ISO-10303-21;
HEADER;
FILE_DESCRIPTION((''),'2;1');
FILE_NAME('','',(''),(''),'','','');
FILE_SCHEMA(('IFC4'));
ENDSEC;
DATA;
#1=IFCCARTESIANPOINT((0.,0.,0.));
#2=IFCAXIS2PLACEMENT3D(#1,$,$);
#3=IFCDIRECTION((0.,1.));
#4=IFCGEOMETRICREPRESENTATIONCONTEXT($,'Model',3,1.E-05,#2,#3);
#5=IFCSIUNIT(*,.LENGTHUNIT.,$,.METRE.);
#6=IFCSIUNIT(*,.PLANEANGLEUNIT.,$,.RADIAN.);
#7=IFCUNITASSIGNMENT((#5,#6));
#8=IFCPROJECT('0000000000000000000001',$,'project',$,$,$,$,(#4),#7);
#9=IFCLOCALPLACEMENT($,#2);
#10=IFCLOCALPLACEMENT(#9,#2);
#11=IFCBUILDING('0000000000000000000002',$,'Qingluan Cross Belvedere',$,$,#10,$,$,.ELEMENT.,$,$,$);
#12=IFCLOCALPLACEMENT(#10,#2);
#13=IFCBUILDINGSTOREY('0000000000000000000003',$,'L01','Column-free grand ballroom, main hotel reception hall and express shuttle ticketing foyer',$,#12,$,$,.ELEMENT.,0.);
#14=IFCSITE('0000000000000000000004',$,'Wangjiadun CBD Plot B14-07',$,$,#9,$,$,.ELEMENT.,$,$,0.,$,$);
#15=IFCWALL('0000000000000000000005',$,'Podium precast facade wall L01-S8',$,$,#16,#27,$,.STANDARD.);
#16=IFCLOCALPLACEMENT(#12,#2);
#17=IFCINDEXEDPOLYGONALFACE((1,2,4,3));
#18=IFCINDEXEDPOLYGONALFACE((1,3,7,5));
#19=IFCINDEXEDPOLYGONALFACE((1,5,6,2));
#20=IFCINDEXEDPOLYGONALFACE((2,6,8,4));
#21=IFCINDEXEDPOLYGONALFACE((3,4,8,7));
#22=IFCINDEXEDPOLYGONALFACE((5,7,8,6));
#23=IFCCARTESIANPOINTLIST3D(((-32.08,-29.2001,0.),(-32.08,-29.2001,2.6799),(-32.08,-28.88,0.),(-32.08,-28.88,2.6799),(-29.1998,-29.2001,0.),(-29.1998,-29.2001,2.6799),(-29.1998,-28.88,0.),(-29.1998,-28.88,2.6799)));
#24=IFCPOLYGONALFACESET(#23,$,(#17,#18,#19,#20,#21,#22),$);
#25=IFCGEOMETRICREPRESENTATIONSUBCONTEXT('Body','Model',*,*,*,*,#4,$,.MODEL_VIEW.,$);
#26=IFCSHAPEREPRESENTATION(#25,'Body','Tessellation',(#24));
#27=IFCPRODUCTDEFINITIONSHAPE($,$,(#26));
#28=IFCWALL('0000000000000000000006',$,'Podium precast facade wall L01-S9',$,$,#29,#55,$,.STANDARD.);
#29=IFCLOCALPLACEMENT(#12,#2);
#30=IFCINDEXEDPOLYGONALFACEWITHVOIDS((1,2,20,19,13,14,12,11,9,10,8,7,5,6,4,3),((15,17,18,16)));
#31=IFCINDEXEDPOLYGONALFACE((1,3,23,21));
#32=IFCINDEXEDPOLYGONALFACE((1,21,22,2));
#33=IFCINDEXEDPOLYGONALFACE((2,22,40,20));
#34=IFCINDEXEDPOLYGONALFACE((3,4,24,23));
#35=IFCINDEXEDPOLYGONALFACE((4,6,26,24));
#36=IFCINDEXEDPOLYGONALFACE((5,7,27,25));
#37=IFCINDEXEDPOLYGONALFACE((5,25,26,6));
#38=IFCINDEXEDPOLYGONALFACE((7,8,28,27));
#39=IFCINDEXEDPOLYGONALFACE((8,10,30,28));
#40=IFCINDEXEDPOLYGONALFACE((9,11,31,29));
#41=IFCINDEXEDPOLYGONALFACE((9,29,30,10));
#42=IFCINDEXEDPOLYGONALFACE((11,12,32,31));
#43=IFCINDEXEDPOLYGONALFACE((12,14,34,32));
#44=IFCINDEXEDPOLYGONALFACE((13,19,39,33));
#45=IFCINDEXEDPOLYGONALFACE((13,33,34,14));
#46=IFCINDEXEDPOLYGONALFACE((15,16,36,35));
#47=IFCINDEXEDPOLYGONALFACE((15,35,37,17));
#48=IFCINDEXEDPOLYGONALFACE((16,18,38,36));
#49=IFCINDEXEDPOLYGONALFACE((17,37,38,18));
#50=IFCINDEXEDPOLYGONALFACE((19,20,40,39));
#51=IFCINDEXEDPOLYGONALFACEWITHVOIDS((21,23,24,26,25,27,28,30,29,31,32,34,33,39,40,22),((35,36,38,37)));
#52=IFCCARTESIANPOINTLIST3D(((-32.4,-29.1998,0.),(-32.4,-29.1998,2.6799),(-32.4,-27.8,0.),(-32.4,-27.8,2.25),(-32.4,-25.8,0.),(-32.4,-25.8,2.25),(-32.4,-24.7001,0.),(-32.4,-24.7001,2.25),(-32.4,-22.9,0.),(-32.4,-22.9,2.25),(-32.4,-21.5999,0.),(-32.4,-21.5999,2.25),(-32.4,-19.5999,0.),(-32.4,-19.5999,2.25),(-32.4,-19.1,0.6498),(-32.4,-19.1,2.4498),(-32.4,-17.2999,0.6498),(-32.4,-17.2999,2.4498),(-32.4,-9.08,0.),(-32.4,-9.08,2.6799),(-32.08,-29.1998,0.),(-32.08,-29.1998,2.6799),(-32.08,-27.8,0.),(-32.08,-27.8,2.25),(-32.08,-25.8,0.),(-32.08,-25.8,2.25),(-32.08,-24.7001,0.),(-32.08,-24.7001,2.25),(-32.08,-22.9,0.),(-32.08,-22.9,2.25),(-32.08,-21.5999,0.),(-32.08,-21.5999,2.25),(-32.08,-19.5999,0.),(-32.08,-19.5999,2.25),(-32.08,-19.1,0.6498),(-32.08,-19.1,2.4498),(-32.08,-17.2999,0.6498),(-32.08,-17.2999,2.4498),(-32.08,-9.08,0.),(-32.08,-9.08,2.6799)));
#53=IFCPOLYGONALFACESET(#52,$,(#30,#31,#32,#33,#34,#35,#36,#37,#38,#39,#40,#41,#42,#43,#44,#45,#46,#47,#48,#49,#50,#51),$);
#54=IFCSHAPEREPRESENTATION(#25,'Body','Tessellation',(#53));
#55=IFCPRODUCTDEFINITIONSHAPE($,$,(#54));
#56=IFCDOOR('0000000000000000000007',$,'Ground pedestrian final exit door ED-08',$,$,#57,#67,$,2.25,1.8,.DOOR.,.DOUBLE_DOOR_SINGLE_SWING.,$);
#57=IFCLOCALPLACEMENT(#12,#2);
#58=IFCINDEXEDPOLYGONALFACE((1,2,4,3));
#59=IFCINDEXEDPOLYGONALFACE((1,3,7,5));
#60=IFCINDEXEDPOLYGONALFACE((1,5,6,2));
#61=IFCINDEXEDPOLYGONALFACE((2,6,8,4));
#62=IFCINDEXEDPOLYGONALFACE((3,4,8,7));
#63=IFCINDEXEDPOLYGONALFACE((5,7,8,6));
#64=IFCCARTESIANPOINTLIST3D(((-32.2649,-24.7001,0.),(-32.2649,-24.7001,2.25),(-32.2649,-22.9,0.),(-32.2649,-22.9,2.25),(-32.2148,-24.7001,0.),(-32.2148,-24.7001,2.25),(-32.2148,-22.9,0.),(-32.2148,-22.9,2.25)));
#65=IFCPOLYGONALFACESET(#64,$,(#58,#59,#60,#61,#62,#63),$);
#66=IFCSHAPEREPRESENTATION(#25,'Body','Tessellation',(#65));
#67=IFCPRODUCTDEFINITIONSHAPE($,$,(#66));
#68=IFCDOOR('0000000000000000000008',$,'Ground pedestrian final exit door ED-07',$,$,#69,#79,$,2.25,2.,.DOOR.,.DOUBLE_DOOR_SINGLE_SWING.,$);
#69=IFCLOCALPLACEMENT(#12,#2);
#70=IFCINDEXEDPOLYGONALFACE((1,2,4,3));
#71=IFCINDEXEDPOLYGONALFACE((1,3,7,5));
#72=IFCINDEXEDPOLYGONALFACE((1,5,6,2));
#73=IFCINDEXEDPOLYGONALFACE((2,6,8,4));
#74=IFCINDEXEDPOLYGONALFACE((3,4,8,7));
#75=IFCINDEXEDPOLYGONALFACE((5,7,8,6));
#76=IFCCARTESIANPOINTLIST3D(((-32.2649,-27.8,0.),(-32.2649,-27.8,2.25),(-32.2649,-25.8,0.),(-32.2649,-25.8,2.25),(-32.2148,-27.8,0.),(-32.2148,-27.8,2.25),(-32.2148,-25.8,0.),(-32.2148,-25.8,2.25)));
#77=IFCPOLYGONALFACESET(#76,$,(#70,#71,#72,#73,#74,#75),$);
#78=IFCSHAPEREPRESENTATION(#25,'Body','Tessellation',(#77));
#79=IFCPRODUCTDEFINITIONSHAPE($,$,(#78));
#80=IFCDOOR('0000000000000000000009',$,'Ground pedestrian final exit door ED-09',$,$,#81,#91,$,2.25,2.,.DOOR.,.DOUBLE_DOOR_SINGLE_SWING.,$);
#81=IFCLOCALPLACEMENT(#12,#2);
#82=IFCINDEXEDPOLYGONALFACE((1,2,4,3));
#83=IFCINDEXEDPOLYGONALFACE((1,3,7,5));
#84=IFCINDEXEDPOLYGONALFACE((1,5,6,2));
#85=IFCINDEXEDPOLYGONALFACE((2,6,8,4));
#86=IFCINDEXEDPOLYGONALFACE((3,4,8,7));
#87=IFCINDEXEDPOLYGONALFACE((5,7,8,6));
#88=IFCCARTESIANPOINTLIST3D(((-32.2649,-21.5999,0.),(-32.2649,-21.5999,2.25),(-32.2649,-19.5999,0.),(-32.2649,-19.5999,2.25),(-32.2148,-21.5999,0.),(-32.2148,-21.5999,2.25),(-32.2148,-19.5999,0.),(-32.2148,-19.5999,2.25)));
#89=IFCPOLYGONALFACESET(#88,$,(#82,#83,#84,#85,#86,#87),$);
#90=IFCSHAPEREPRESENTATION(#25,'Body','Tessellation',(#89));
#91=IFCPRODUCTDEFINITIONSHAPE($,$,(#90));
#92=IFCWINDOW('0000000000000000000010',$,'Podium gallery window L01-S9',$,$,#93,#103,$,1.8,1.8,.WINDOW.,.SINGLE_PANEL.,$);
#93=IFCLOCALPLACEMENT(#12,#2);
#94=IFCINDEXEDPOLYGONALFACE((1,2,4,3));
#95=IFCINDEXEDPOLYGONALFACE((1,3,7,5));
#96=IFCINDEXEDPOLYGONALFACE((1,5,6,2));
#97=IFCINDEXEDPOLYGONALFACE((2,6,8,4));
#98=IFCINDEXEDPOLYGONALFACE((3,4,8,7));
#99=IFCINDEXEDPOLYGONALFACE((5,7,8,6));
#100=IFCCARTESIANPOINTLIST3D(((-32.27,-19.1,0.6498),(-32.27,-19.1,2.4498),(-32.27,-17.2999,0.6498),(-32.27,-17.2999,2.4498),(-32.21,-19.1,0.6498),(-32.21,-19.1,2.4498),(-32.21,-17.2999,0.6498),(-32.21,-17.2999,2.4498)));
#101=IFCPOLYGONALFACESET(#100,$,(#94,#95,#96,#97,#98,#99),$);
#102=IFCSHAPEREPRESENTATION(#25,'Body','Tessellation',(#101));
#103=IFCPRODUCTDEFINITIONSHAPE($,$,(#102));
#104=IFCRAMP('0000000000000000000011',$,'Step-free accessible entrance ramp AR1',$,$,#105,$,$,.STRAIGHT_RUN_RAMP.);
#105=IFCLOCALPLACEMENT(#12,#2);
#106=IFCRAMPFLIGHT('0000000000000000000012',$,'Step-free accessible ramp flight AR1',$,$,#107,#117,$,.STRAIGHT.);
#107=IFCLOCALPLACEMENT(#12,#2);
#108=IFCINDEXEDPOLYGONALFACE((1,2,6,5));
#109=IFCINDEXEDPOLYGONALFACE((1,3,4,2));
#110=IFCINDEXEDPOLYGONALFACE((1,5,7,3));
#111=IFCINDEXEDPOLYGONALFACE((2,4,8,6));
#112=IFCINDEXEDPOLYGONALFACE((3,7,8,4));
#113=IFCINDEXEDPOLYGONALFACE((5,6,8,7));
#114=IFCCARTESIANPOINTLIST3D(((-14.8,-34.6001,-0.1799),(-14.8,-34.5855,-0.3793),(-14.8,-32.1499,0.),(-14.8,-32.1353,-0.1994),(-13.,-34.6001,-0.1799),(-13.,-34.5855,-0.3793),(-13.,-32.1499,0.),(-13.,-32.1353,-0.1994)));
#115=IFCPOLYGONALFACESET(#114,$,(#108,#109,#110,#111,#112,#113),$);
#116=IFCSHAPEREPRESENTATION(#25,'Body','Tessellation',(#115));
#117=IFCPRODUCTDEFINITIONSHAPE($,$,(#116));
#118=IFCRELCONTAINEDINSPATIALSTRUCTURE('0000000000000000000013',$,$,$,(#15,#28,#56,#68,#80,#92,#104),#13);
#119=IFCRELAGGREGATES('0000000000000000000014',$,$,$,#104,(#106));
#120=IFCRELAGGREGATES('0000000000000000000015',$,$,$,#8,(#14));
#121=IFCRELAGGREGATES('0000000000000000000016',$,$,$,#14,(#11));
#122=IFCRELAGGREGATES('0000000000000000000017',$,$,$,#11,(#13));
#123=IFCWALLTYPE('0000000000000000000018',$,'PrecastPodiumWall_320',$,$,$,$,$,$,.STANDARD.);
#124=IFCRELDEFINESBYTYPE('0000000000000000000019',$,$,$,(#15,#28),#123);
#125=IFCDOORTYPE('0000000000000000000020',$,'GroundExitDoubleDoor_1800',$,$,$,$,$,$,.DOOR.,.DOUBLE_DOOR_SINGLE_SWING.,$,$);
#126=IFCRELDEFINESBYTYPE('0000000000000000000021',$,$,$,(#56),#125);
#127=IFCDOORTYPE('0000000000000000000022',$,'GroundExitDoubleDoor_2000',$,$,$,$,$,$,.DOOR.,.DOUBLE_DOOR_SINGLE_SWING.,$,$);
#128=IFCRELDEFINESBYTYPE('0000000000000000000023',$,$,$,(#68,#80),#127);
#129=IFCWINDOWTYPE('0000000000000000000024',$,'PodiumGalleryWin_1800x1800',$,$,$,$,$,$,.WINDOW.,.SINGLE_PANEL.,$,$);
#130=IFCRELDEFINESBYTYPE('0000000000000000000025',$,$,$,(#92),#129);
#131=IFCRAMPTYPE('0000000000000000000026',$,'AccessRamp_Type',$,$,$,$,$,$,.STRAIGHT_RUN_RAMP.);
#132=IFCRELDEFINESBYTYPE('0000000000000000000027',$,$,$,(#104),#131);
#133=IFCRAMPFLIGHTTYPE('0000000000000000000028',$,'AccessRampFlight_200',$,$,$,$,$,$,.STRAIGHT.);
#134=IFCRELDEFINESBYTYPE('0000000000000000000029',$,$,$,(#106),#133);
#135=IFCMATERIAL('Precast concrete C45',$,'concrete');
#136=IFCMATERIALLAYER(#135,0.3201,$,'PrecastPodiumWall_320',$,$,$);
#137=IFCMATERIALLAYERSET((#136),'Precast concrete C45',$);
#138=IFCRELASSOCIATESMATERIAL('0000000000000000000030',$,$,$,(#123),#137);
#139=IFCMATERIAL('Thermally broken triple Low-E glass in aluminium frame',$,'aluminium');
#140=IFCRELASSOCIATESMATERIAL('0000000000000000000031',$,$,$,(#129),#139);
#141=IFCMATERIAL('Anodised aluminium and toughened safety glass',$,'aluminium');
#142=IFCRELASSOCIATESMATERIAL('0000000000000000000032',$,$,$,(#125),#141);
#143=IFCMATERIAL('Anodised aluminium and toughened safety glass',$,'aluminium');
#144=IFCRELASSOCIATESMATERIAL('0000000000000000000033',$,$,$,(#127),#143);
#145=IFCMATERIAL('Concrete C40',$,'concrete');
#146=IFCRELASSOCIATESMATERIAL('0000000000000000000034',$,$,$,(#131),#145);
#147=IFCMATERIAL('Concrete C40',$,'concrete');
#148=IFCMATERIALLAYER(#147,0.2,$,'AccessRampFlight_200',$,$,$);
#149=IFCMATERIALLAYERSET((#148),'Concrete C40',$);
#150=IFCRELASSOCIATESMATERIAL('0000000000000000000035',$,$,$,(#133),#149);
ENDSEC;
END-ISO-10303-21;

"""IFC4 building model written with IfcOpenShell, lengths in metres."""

from ifc_helpers import new_model, si_unit, direction, frame, frame_2d, origin, place, context, subcontext, project, spatial, polyline, rectangle, outline, extrude, material, layer, layer_set, type_object, element, fill, aggregate, save


model = new_model("IFC4")

# Units and contexts
model_context = context("Model", 3, precision=1e-05, world=origin(), true_north=direction((0.0, 1.0)))
body_context = subcontext(model_context, "Body", "Model", "MODEL_VIEW")
ifc_project = project(units=[si_unit("LENGTHUNIT", "METRE"), si_unit("PLANEANGLEUNIT", "RADIAN")], contexts=[model_context])

# Site, building, storey
site_placement = place(None, origin())
site = spatial("IfcSite", under=ifc_project, at=site_placement, Name="Wangjiadun CBD Plot B14-07", CompositionType="ELEMENT", RefElevation=0.0)
building_placement = place(site_placement, origin())
building = spatial("IfcBuilding", under=site, at=building_placement, Name="Qingluan Cross Belvedere", CompositionType="ELEMENT")
storey_placement = place(building_placement, origin())
storey = spatial("IfcBuildingStorey", under=building, at=storey_placement, Name="L01", Description="Column-free grand ballroom, main hotel reception hall and express shuttle ticketing foyer", CompositionType="ELEMENT", Elevation=0.0)

# Shared definitions
ifc_material_1 = material(Name="Precast concrete C45", Category="concrete")
ifc_layer_1 = layer(ifc_material_1, 0.3201, Name="PrecastPodiumWall_320")
ifc_layer_set_1 = layer_set([ifc_layer_1], Name="Precast concrete C45")
wall_type_1 = type_object("IfcWallType", Name="PrecastPodiumWall_320", PredefinedType="STANDARD", material=ifc_layer_set_1)

# Shared definitions
ifc_material_2 = material(Name="Thermally broken triple Low-E glass in aluminium frame", Category="aluminium")
window_type = type_object("IfcWindowType", Name="PodiumGalleryWin_1800x1800", PartitioningType="SINGLE_PANEL", PredefinedType="WINDOW", material=ifc_material_2)

# Shared definitions
ifc_material_3 = material(Name="Anodised aluminium and toughened safety glass", Category="aluminium")
door_type_1 = type_object("IfcDoorType", Name="GroundExitDoubleDoor_1800", OperationType="DOUBLE_DOOR_SINGLE_SWING", PredefinedType="DOOR", material=ifc_material_3)
ifc_material_4 = material(Name="Anodised aluminium and toughened safety glass", Category="aluminium")
door_type_2 = type_object("IfcDoorType", Name="GroundExitDoubleDoor_2000", OperationType="DOUBLE_DOOR_SINGLE_SWING", PredefinedType="DOOR", material=ifc_material_4)

# Wall
wall_1_placement = place(storey_placement, frame((-29.2, -29.04, 0.0), z_axis=(0.0, 0.0, 1.0), x_axis=(-1.0, 0.0, 0.0)))
element("IfcWall", 1, at=wall_1_placement, inside=storey, type_object=wall_type_1, Name="Podium precast facade wall L01-S8", PredefinedType="STANDARD", context=body_context, shape_type="SweptSolid", body=[
    extrude(rectangle(XDim=2.8801, YDim=0.3201, at=frame_2d((1.4399, 0.0))), origin(), (0.0, 0.0, 1.0), 2.6799),
])

# Wall, openings, doors, window
wall_2_placement = place(storey_placement, frame((-32.24, -29.2, 0.0), z_axis=(0.0, 0.0, 1.0), x_axis=(0.0, 1.0, 0.0)))
wall_2 = element("IfcWall", 2, at=wall_2_placement, inside=storey, type_object=wall_type_1, Name="Podium precast facade wall L01-S9", PredefinedType="STANDARD", context=body_context, shape_type="SweptSolid", body=[
    extrude(rectangle(XDim=20.1199, YDim=0.3201, at=frame_2d((10.0601, 0.0))), origin(), (0.0, 0.0, 1.0), 2.6799),
])
opening_1_placement = place(wall_2_placement, frame((1.3999, 0.0, 0.0)))
opening_1 = element("IfcOpeningElement", 3, at=opening_1_placement, cuts=wall_2, PredefinedType="OPENING", context=body_context, shape_type="SweptSolid", body=[
    extrude(rectangle(XDim=2.0, YDim=2.25, at=frame_2d((1.0, 1.125))), frame((0.0, 0.1699, 0.0), z_axis=(0.0, -1.0, 0.0), x_axis=(1.0, 0.0, 0.0)), (0.0, 0.0, 1.0), 0.3401),
])
opening_2_placement = place(wall_2_placement, frame((4.5, 0.0, 0.0)))
opening_2 = element("IfcOpeningElement", 4, at=opening_2_placement, cuts=wall_2, PredefinedType="OPENING", context=body_context, shape_type="SweptSolid", body=[
    extrude(rectangle(XDim=1.8, YDim=2.25, at=frame_2d((0.8999, 1.125))), frame((0.0, 0.1699, 0.0), z_axis=(0.0, -1.0, 0.0), x_axis=(1.0, 0.0, 0.0)), (0.0, 0.0, 1.0), 0.3401),
])
opening_3_placement = place(wall_2_placement, frame((7.6001, 0.0, 0.0)))
opening_3 = element("IfcOpeningElement", 5, at=opening_3_placement, cuts=wall_2, PredefinedType="OPENING", context=body_context, shape_type="SweptSolid", body=[
    extrude(rectangle(XDim=2.0, YDim=2.25, at=frame_2d((1.0, 1.125))), frame((0.0, 0.1699, 0.0), z_axis=(0.0, -1.0, 0.0), x_axis=(1.0, 0.0, 0.0)), (0.0, 0.0, 1.0), 0.3401),
])
opening_4_placement = place(wall_2_placement, frame((10.1001, 0.0, 0.6499)))
opening_4 = element("IfcOpeningElement", 6, at=opening_4_placement, cuts=wall_2, PredefinedType="OPENING", context=body_context, shape_type="SweptSolid", body=[
    extrude(rectangle(XDim=1.8, YDim=1.8, at=frame_2d((0.8999, 0.8999))), frame((0.0, 0.1699, 0.0), z_axis=(0.0, -1.0, 0.0), x_axis=(1.0, 0.0, 0.0)), (0.0, 0.0, 1.0), 0.3401),
])
door_1_placement = place(opening_2_placement, origin())
door_1 = element("IfcDoor", 7, at=door_1_placement, inside=storey, type_object=door_type_1, Name="Ground pedestrian final exit door ED-08", OperationType="DOUBLE_DOOR_SINGLE_SWING", OverallHeight=2.25, OverallWidth=1.8, PredefinedType="DOOR", context=body_context, shape_type="SweptSolid", body=[
    extrude(rectangle(XDim=1.8, YDim=2.25, at=frame_2d((0.8999, 1.125))), frame((0.0, 0.0249, 0.0), z_axis=(0.0, -1.0, 0.0), x_axis=(1.0, 0.0, 0.0)), (0.0, 0.0, 1.0), 0.05),
])
fill(opening_2, door_1)
door_2_placement = place(opening_1_placement, origin())
door_2 = element("IfcDoor", 8, at=door_2_placement, inside=storey, type_object=door_type_2, Name="Ground pedestrian final exit door ED-07", OperationType="DOUBLE_DOOR_SINGLE_SWING", OverallHeight=2.25, OverallWidth=2.0, PredefinedType="DOOR", context=body_context, shape_type="SweptSolid", body=[
    extrude(rectangle(XDim=2.0, YDim=2.25, at=frame_2d((1.0, 1.125))), frame((0.0, 0.0249, 0.0), z_axis=(0.0, -1.0, 0.0), x_axis=(1.0, 0.0, 0.0)), (0.0, 0.0, 1.0), 0.05),
])
fill(opening_1, door_2)
door_3_placement = place(opening_3_placement, origin())
door_3 = element("IfcDoor", 9, at=door_3_placement, inside=storey, type_object=door_type_2, Name="Ground pedestrian final exit door ED-09", OperationType="DOUBLE_DOOR_SINGLE_SWING", OverallHeight=2.25, OverallWidth=2.0, PredefinedType="DOOR", context=body_context, shape_type="SweptSolid", body=[
    extrude(rectangle(XDim=2.0, YDim=2.25, at=frame_2d((1.0, 1.125))), frame((0.0, 0.0249, 0.0), z_axis=(0.0, -1.0, 0.0), x_axis=(1.0, 0.0, 0.0)), (0.0, 0.0, 1.0), 0.05),
])
fill(opening_3, door_3)
window_1_placement = place(opening_4_placement, origin())
window_1 = element("IfcWindow", 10, at=window_1_placement, inside=storey, type_object=window_type, Name="Podium gallery window L01-S9", OverallHeight=1.8, OverallWidth=1.8, PartitioningType="SINGLE_PANEL", PredefinedType="WINDOW", context=body_context, shape_type="SweptSolid", body=[
    extrude(rectangle(XDim=1.8, YDim=1.8, at=frame_2d((0.8999, 0.8999))), frame((0.0, 0.03, 0.0), z_axis=(0.0, -1.0, 0.0), x_axis=(1.0, 0.0, 0.0)), (0.0, 0.0, 1.0), 0.0601),
])
fill(opening_4, window_1)

# Ramp, ramp flight
ifc_material_5 = material(Name="Concrete C40", Category="concrete")
ramp_type = type_object("IfcRampType", Name="AccessRamp_Type", PredefinedType="STRAIGHT_RUN_RAMP", material=ifc_material_5)
ramp_placement = place(storey_placement, origin())
ramp = element("IfcRamp", 11, at=ramp_placement, inside=storey, type_object=ramp_type, Name="Step-free accessible entrance ramp AR1", PredefinedType="STRAIGHT_RUN_RAMP")
ifc_material_6 = material(Name="Concrete C40", Category="concrete")
ifc_layer_2 = layer(ifc_material_6, 0.2, Name="AccessRampFlight_200")
ifc_layer_set_2 = layer_set([ifc_layer_2], Name="Concrete C40")
ramp_flight_type = type_object("IfcRampFlightType", Name="AccessRampFlight_200", PredefinedType="STRAIGHT", material=ifc_layer_set_2)
ramp_flight_placement = place(storey_placement, frame((-14.8, -34.6001, -0.1799), z_axis=(0.0, -0.073238, 0.997314), x_axis=(1.0, 0.0, 0.0)))
ramp_flight = element("IfcRampFlight", 12, at=ramp_flight_placement, type_object=ramp_flight_type, Name="Step-free accessible ramp flight AR1", PredefinedType="STRAIGHT", context=body_context, shape_type="SweptSolid", body=[
    extrude(outline(polyline([(0.0, 0.0), (1.8, 0.0), (1.8, 2.4568), (0.0, 2.4568), (0.0, 0.0)])), origin(), (0.0, 0.0, -1.0), 0.2),
])
aggregate(ramp, [ramp_flight])

save(model, "model.ifc")
